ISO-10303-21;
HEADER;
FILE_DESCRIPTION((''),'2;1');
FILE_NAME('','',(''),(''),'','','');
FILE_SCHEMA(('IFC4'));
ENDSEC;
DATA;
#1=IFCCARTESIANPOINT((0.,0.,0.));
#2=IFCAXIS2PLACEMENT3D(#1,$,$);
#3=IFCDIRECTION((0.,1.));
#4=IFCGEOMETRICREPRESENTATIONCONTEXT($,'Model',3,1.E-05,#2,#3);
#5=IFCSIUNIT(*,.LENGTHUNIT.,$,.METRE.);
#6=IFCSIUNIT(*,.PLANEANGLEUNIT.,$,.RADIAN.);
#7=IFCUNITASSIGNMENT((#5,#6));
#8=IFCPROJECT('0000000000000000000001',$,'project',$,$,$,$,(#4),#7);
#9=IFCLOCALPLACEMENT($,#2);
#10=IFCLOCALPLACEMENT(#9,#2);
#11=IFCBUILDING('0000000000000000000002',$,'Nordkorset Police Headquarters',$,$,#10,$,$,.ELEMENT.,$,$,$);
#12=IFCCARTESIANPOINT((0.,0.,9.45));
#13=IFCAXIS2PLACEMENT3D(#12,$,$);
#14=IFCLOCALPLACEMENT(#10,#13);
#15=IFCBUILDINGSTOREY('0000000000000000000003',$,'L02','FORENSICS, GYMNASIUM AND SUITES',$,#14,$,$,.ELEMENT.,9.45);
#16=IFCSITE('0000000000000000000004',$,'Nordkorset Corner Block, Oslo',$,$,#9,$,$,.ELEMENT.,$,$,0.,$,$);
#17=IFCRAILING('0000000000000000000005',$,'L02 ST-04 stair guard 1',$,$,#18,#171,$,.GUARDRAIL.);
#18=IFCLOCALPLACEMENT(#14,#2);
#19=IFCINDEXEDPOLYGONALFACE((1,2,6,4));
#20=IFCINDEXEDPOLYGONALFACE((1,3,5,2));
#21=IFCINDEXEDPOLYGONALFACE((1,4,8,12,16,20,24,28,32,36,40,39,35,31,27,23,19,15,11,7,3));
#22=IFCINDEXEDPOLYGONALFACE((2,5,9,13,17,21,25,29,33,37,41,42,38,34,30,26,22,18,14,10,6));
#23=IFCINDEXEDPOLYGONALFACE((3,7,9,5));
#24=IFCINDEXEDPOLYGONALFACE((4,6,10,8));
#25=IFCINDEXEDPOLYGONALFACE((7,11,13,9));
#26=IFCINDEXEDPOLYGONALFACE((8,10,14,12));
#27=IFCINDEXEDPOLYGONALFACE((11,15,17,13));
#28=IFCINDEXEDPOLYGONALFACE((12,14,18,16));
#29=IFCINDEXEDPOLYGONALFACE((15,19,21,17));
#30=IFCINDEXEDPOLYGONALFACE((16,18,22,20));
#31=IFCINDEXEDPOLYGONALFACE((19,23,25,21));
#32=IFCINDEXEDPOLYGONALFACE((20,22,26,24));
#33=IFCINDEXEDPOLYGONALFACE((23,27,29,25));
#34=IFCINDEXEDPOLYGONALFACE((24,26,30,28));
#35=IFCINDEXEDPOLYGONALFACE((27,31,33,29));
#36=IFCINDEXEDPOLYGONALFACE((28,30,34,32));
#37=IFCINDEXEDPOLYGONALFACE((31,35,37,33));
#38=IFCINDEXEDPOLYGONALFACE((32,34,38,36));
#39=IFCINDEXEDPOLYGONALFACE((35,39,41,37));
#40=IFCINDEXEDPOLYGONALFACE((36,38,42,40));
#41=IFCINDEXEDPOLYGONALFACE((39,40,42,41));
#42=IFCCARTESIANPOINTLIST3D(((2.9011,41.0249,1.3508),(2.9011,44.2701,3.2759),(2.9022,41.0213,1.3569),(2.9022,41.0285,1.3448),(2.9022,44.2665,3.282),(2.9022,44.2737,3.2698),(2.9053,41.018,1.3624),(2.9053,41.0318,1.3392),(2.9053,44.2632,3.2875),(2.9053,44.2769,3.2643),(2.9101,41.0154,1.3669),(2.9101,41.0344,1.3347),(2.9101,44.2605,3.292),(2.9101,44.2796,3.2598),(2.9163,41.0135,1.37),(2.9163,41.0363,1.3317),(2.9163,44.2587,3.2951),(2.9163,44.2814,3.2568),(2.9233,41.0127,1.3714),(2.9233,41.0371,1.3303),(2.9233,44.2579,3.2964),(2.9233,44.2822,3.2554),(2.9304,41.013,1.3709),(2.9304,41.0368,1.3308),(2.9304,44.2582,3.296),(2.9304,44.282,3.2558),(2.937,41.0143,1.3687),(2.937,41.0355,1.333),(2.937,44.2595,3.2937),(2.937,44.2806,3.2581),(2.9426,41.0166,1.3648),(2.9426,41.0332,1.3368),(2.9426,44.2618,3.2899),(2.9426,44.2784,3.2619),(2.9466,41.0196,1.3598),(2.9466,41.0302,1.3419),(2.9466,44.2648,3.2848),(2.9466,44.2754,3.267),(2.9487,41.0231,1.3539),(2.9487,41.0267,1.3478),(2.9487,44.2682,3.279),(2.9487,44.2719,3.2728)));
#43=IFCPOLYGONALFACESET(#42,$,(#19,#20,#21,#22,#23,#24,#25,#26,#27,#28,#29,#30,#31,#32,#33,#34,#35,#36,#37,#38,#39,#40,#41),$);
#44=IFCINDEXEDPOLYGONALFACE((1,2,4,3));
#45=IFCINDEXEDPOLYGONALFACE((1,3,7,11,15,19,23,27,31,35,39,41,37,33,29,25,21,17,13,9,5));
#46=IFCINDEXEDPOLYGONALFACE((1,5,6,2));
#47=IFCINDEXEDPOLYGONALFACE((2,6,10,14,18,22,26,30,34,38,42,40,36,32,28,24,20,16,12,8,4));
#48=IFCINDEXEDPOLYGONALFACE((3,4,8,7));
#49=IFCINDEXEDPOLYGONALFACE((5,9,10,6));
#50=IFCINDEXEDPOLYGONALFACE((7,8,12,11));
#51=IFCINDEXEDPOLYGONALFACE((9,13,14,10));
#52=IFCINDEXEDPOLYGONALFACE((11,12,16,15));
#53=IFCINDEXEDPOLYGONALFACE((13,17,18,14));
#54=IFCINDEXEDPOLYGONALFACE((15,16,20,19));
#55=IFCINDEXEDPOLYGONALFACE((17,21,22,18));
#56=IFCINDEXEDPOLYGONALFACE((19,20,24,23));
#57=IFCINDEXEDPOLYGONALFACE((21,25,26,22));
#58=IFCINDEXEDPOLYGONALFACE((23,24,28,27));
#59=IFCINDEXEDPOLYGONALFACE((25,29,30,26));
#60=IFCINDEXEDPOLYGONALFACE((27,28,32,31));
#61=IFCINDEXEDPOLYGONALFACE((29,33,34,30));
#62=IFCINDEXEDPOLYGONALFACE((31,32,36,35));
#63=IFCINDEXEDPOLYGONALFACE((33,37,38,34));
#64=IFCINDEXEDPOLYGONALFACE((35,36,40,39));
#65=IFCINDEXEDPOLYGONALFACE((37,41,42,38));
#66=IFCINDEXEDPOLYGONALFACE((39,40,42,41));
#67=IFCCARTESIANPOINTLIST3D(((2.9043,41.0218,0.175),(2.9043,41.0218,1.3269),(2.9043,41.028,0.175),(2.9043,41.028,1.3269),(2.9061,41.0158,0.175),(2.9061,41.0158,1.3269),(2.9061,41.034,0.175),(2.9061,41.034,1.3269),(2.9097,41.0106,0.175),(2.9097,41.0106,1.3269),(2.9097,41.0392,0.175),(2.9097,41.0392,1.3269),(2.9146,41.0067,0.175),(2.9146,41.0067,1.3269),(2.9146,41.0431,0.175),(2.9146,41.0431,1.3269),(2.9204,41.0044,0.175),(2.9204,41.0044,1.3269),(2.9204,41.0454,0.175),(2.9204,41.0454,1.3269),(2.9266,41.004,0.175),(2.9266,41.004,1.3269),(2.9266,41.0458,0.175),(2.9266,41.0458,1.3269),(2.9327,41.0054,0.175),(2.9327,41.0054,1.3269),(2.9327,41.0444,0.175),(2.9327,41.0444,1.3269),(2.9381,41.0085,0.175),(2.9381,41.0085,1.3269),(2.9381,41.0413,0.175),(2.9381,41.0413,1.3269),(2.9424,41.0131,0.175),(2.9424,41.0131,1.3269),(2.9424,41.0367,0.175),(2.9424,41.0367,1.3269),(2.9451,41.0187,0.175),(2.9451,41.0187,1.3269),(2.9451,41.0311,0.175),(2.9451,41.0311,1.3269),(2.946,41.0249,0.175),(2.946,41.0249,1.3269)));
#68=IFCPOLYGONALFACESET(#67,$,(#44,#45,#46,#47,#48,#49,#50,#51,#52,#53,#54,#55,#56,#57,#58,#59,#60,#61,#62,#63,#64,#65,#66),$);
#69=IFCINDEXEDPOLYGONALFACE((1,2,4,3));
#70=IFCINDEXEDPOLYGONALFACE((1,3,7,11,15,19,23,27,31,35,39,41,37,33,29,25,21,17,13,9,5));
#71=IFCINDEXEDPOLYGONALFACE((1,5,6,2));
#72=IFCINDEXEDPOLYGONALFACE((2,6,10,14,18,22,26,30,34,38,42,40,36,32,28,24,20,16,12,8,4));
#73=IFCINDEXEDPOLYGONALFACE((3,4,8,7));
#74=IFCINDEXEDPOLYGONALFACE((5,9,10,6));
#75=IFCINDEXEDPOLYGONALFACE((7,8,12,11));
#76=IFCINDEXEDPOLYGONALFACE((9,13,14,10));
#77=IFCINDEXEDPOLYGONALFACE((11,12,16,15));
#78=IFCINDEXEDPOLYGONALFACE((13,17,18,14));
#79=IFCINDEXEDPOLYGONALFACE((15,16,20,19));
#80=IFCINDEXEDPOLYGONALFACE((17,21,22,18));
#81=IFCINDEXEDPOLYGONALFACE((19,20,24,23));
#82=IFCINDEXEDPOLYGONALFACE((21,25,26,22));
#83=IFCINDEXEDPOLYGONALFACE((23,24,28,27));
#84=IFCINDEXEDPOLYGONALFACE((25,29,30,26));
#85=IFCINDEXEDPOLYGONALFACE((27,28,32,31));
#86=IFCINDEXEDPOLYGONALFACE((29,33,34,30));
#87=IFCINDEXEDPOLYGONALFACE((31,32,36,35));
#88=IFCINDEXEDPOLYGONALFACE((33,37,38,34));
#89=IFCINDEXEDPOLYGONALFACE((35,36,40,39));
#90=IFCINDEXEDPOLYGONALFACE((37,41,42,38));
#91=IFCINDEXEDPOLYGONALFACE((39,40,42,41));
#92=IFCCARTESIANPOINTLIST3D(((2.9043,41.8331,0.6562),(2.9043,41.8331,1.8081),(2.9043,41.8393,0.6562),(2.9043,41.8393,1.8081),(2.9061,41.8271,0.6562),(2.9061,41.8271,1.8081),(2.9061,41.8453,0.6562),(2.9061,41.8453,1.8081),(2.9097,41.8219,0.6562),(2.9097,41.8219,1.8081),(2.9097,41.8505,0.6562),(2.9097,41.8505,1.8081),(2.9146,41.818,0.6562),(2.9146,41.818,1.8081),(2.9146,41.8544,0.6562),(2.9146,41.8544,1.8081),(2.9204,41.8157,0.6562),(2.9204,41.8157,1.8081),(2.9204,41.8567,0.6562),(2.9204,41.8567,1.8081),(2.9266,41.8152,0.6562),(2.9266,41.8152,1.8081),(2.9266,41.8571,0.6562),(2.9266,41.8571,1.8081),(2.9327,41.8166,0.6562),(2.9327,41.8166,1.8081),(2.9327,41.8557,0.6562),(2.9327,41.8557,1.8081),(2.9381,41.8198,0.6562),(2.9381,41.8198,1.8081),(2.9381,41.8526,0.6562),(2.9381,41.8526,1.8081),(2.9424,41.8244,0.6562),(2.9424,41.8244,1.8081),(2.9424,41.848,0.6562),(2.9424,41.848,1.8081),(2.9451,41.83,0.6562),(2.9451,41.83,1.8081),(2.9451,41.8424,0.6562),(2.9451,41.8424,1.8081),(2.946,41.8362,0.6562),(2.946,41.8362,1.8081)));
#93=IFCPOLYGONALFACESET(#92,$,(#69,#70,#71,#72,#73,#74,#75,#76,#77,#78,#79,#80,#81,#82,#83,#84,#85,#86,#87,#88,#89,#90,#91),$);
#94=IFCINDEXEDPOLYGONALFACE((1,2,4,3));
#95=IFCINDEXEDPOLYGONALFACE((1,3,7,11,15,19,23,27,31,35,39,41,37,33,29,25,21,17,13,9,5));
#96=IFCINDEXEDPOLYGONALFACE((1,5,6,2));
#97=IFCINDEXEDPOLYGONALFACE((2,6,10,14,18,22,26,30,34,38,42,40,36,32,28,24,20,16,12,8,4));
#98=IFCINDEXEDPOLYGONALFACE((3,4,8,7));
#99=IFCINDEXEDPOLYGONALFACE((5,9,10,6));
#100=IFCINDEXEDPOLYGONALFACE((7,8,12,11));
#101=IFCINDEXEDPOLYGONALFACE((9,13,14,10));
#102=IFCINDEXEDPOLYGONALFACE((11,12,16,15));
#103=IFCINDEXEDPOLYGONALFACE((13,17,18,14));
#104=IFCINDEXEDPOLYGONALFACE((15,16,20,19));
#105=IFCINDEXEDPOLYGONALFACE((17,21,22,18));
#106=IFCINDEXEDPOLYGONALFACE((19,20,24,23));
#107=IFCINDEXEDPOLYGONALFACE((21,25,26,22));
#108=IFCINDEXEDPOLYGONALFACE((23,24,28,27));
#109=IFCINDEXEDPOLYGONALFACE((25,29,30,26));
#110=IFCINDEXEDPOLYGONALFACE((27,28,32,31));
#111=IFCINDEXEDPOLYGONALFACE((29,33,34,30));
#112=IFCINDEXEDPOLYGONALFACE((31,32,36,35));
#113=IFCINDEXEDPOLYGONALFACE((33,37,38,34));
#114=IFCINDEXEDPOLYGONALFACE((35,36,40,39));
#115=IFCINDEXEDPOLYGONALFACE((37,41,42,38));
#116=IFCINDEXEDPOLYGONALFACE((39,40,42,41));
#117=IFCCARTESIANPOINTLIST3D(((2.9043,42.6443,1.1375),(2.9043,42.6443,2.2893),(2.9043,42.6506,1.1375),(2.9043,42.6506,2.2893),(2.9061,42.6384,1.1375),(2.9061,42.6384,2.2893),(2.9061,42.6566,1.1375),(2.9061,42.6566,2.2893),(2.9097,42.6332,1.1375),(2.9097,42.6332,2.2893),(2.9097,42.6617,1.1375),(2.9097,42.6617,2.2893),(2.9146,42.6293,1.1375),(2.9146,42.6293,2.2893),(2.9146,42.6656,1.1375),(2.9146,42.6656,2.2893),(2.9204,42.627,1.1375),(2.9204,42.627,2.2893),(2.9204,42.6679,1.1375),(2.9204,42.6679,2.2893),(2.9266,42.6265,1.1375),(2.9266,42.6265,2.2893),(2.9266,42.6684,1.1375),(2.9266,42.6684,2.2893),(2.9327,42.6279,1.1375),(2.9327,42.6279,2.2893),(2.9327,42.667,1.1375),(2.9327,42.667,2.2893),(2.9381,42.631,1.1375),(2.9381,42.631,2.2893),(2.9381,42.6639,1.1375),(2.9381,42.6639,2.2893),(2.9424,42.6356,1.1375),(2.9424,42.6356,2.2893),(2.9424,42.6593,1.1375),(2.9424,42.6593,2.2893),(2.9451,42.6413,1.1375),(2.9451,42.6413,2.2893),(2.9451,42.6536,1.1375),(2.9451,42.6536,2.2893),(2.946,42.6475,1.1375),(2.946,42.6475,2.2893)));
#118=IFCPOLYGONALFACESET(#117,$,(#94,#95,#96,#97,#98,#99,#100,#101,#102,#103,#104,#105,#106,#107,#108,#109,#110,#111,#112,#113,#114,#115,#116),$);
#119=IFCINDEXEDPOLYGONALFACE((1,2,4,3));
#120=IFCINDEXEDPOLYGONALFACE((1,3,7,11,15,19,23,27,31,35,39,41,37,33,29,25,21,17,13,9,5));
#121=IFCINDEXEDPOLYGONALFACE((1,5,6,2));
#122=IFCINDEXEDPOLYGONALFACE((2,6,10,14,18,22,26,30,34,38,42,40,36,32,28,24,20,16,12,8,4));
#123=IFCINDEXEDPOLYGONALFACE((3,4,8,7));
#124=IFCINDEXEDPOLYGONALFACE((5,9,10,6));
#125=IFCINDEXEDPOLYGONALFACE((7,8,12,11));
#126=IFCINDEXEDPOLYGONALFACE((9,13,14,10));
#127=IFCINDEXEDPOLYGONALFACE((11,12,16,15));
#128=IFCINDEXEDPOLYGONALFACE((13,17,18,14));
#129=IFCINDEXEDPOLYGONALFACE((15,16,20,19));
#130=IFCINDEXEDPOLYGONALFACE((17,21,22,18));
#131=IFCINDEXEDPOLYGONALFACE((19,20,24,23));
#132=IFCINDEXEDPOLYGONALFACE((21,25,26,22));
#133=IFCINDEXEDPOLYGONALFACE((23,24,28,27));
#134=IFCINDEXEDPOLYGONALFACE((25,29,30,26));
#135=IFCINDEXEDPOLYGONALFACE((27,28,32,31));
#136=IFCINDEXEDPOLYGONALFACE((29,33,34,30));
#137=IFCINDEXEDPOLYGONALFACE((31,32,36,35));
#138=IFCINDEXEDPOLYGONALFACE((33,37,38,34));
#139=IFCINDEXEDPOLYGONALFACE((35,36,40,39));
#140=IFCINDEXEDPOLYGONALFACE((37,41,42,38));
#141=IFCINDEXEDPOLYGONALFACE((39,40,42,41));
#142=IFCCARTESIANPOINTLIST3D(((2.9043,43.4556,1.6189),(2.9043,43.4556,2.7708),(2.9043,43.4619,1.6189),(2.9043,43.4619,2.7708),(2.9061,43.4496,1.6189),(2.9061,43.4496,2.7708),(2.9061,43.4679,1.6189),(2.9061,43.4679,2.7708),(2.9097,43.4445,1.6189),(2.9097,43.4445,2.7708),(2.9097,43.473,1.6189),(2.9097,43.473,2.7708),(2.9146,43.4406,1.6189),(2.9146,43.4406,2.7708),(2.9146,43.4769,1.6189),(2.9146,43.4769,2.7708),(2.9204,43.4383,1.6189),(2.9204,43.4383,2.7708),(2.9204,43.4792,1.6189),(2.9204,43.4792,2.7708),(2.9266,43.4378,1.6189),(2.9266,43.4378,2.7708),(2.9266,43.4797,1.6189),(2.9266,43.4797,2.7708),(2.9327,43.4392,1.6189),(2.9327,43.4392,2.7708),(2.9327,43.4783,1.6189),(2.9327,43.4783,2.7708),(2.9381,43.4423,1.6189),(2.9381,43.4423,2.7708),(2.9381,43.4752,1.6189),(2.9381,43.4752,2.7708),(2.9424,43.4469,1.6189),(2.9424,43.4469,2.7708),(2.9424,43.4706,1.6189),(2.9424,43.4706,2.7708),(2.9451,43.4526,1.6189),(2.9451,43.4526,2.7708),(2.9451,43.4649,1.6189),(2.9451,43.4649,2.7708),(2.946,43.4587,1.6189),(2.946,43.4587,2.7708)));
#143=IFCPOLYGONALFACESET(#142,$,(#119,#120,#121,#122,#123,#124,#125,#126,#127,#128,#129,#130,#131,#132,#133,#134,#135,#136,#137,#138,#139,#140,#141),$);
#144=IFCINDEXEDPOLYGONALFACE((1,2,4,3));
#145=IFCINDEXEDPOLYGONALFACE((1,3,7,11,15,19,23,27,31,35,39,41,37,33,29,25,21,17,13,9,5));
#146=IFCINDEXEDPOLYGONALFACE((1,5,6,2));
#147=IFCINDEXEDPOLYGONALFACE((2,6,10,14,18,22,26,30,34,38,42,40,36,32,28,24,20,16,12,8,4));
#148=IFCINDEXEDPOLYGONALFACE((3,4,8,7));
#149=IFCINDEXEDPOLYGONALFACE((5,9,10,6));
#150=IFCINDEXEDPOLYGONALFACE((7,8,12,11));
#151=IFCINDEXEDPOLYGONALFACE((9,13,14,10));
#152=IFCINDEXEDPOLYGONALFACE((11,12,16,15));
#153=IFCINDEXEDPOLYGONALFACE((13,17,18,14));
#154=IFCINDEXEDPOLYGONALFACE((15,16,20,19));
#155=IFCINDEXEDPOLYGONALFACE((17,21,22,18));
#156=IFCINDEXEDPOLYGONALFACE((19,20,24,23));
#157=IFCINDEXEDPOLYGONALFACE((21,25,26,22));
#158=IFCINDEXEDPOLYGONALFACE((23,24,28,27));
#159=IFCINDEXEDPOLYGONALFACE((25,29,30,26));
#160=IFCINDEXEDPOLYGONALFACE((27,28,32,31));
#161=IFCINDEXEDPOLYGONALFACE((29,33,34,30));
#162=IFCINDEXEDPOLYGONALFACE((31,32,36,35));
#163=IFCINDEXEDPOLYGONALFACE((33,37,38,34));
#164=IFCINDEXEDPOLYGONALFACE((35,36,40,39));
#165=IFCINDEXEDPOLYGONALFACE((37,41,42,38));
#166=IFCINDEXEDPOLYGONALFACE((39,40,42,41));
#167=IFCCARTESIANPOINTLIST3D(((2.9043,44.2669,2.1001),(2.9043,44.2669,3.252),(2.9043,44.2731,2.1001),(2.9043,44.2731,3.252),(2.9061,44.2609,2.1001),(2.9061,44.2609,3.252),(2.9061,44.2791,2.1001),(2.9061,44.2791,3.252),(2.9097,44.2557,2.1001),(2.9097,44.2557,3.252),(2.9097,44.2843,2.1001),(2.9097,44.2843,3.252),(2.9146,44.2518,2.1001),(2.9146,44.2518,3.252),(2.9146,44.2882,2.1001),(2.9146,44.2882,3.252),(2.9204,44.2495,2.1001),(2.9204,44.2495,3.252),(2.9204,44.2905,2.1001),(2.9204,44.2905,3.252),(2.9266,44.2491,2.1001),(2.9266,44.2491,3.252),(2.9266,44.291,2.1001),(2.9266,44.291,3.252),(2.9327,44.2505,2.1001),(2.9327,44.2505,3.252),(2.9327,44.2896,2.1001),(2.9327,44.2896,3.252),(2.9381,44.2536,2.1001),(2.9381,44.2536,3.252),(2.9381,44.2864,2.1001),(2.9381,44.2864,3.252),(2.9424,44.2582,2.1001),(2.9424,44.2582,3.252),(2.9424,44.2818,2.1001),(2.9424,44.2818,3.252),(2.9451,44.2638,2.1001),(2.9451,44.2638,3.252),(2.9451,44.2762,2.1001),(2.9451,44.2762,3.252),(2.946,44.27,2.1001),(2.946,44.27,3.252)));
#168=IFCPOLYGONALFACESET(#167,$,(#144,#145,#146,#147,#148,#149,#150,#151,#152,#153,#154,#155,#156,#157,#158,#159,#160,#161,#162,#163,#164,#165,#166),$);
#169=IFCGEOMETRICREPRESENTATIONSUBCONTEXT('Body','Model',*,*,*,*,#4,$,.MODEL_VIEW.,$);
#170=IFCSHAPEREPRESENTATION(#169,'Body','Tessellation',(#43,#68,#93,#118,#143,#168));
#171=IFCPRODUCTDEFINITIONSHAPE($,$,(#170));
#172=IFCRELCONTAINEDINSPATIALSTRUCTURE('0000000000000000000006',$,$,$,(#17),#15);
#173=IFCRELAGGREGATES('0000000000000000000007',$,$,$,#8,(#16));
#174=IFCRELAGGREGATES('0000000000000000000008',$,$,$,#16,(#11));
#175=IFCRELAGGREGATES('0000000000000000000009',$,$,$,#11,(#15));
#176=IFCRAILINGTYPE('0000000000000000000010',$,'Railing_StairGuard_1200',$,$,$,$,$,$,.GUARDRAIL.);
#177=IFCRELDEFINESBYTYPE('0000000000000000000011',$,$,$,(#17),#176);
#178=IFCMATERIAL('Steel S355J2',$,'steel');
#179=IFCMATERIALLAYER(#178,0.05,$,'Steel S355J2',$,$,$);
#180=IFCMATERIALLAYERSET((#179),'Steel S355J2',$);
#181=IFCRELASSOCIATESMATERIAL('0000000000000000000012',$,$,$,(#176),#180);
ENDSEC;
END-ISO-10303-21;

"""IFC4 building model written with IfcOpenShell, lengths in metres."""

from ifc_helpers import new_model, si_unit, direction, frame, origin, origin_2d, place, context, subcontext, project, spatial, circle, extrude, material, layer, layer_set, type_object, element, save


model = new_model("IFC4")

# Units and contexts
model_context = context("Model", 3, precision=1e-05, world=origin(), true_north=direction((0.0, 1.0)))
body_context = subcontext(model_context, "Body", "Model", "MODEL_VIEW")
ifc_project = project(units=[si_unit("LENGTHUNIT", "METRE"), si_unit("PLANEANGLEUNIT", "RADIAN")], contexts=[model_context])

# Site, building, storey
site_placement = place(None, origin())
site = spatial("IfcSite", under=ifc_project, at=site_placement, Name="Nordkorset Corner Block, Oslo", CompositionType="ELEMENT", RefElevation=0.0)
building_placement = place(site_placement, origin())
building = spatial("IfcBuilding", under=site, at=building_placement, Name="Nordkorset Police Headquarters", CompositionType="ELEMENT")
storey_placement = place(building_placement, frame((0.0, 0.0, 9.45)))
storey = spatial("IfcBuildingStorey", under=building, at=storey_placement, Name="L02", Description="FORENSICS, GYMNASIUM AND SUITES", CompositionType="ELEMENT", Elevation=9.45)

# Railing
ifc_material_1 = material(Name="Steel S355J2", Category="steel")
ifc_layer_1 = layer(ifc_material_1, 0.05, Name="Steel S355J2")
ifc_layer_set_1 = layer_set([ifc_layer_1], Name="Steel S355J2")
railing_type_1 = type_object("IfcRailingType", Name="Railing_StairGuard_1200", PredefinedType="GUARDRAIL", material=ifc_layer_set_1)
railing_1_placement = place(storey_placement, frame((2.925, 41.0249, 0.175)))
element("IfcRailing", 1, at=railing_1_placement, inside=storey, type_object=railing_type_1, Name="L02 ST-04 stair guard 1", PredefinedType="GUARDRAIL", context=body_context, shape_type="SweptSolid", body=[
    extrude(circle(Radius=0.0239, at=origin_2d()), frame((0.0, 0.0, 1.1758), z_axis=(0.0, 0.860057, 0.510198), x_axis=(-1.0, 0.0, 0.0)), (0.0, 0.0, 1.0), 3.7732),
    extrude(circle(Radius=0.021, at=origin_2d()), origin(), (0.0, 0.0, 1.0), 1.1519),
    extrude(circle(Radius=0.021, at=origin_2d()), frame((0.0, 0.8113, 0.4812)), (0.0, 0.0, 1.0), 1.1519),
    extrude(circle(Radius=0.021, at=origin_2d()), frame((0.0, 1.6226, 0.9624)), (0.0, 0.0, 1.0), 1.1519),
    extrude(circle(Radius=0.021, at=origin_2d()), frame((0.0, 2.4338, 1.4438)), (0.0, 0.0, 1.0), 1.1519),
    extrude(circle(Radius=0.021, at=origin_2d()), frame((0.0, 3.2451, 1.925)), (0.0, 0.0, 1.0), 1.1519),
])

save(model, "model.ifc")
